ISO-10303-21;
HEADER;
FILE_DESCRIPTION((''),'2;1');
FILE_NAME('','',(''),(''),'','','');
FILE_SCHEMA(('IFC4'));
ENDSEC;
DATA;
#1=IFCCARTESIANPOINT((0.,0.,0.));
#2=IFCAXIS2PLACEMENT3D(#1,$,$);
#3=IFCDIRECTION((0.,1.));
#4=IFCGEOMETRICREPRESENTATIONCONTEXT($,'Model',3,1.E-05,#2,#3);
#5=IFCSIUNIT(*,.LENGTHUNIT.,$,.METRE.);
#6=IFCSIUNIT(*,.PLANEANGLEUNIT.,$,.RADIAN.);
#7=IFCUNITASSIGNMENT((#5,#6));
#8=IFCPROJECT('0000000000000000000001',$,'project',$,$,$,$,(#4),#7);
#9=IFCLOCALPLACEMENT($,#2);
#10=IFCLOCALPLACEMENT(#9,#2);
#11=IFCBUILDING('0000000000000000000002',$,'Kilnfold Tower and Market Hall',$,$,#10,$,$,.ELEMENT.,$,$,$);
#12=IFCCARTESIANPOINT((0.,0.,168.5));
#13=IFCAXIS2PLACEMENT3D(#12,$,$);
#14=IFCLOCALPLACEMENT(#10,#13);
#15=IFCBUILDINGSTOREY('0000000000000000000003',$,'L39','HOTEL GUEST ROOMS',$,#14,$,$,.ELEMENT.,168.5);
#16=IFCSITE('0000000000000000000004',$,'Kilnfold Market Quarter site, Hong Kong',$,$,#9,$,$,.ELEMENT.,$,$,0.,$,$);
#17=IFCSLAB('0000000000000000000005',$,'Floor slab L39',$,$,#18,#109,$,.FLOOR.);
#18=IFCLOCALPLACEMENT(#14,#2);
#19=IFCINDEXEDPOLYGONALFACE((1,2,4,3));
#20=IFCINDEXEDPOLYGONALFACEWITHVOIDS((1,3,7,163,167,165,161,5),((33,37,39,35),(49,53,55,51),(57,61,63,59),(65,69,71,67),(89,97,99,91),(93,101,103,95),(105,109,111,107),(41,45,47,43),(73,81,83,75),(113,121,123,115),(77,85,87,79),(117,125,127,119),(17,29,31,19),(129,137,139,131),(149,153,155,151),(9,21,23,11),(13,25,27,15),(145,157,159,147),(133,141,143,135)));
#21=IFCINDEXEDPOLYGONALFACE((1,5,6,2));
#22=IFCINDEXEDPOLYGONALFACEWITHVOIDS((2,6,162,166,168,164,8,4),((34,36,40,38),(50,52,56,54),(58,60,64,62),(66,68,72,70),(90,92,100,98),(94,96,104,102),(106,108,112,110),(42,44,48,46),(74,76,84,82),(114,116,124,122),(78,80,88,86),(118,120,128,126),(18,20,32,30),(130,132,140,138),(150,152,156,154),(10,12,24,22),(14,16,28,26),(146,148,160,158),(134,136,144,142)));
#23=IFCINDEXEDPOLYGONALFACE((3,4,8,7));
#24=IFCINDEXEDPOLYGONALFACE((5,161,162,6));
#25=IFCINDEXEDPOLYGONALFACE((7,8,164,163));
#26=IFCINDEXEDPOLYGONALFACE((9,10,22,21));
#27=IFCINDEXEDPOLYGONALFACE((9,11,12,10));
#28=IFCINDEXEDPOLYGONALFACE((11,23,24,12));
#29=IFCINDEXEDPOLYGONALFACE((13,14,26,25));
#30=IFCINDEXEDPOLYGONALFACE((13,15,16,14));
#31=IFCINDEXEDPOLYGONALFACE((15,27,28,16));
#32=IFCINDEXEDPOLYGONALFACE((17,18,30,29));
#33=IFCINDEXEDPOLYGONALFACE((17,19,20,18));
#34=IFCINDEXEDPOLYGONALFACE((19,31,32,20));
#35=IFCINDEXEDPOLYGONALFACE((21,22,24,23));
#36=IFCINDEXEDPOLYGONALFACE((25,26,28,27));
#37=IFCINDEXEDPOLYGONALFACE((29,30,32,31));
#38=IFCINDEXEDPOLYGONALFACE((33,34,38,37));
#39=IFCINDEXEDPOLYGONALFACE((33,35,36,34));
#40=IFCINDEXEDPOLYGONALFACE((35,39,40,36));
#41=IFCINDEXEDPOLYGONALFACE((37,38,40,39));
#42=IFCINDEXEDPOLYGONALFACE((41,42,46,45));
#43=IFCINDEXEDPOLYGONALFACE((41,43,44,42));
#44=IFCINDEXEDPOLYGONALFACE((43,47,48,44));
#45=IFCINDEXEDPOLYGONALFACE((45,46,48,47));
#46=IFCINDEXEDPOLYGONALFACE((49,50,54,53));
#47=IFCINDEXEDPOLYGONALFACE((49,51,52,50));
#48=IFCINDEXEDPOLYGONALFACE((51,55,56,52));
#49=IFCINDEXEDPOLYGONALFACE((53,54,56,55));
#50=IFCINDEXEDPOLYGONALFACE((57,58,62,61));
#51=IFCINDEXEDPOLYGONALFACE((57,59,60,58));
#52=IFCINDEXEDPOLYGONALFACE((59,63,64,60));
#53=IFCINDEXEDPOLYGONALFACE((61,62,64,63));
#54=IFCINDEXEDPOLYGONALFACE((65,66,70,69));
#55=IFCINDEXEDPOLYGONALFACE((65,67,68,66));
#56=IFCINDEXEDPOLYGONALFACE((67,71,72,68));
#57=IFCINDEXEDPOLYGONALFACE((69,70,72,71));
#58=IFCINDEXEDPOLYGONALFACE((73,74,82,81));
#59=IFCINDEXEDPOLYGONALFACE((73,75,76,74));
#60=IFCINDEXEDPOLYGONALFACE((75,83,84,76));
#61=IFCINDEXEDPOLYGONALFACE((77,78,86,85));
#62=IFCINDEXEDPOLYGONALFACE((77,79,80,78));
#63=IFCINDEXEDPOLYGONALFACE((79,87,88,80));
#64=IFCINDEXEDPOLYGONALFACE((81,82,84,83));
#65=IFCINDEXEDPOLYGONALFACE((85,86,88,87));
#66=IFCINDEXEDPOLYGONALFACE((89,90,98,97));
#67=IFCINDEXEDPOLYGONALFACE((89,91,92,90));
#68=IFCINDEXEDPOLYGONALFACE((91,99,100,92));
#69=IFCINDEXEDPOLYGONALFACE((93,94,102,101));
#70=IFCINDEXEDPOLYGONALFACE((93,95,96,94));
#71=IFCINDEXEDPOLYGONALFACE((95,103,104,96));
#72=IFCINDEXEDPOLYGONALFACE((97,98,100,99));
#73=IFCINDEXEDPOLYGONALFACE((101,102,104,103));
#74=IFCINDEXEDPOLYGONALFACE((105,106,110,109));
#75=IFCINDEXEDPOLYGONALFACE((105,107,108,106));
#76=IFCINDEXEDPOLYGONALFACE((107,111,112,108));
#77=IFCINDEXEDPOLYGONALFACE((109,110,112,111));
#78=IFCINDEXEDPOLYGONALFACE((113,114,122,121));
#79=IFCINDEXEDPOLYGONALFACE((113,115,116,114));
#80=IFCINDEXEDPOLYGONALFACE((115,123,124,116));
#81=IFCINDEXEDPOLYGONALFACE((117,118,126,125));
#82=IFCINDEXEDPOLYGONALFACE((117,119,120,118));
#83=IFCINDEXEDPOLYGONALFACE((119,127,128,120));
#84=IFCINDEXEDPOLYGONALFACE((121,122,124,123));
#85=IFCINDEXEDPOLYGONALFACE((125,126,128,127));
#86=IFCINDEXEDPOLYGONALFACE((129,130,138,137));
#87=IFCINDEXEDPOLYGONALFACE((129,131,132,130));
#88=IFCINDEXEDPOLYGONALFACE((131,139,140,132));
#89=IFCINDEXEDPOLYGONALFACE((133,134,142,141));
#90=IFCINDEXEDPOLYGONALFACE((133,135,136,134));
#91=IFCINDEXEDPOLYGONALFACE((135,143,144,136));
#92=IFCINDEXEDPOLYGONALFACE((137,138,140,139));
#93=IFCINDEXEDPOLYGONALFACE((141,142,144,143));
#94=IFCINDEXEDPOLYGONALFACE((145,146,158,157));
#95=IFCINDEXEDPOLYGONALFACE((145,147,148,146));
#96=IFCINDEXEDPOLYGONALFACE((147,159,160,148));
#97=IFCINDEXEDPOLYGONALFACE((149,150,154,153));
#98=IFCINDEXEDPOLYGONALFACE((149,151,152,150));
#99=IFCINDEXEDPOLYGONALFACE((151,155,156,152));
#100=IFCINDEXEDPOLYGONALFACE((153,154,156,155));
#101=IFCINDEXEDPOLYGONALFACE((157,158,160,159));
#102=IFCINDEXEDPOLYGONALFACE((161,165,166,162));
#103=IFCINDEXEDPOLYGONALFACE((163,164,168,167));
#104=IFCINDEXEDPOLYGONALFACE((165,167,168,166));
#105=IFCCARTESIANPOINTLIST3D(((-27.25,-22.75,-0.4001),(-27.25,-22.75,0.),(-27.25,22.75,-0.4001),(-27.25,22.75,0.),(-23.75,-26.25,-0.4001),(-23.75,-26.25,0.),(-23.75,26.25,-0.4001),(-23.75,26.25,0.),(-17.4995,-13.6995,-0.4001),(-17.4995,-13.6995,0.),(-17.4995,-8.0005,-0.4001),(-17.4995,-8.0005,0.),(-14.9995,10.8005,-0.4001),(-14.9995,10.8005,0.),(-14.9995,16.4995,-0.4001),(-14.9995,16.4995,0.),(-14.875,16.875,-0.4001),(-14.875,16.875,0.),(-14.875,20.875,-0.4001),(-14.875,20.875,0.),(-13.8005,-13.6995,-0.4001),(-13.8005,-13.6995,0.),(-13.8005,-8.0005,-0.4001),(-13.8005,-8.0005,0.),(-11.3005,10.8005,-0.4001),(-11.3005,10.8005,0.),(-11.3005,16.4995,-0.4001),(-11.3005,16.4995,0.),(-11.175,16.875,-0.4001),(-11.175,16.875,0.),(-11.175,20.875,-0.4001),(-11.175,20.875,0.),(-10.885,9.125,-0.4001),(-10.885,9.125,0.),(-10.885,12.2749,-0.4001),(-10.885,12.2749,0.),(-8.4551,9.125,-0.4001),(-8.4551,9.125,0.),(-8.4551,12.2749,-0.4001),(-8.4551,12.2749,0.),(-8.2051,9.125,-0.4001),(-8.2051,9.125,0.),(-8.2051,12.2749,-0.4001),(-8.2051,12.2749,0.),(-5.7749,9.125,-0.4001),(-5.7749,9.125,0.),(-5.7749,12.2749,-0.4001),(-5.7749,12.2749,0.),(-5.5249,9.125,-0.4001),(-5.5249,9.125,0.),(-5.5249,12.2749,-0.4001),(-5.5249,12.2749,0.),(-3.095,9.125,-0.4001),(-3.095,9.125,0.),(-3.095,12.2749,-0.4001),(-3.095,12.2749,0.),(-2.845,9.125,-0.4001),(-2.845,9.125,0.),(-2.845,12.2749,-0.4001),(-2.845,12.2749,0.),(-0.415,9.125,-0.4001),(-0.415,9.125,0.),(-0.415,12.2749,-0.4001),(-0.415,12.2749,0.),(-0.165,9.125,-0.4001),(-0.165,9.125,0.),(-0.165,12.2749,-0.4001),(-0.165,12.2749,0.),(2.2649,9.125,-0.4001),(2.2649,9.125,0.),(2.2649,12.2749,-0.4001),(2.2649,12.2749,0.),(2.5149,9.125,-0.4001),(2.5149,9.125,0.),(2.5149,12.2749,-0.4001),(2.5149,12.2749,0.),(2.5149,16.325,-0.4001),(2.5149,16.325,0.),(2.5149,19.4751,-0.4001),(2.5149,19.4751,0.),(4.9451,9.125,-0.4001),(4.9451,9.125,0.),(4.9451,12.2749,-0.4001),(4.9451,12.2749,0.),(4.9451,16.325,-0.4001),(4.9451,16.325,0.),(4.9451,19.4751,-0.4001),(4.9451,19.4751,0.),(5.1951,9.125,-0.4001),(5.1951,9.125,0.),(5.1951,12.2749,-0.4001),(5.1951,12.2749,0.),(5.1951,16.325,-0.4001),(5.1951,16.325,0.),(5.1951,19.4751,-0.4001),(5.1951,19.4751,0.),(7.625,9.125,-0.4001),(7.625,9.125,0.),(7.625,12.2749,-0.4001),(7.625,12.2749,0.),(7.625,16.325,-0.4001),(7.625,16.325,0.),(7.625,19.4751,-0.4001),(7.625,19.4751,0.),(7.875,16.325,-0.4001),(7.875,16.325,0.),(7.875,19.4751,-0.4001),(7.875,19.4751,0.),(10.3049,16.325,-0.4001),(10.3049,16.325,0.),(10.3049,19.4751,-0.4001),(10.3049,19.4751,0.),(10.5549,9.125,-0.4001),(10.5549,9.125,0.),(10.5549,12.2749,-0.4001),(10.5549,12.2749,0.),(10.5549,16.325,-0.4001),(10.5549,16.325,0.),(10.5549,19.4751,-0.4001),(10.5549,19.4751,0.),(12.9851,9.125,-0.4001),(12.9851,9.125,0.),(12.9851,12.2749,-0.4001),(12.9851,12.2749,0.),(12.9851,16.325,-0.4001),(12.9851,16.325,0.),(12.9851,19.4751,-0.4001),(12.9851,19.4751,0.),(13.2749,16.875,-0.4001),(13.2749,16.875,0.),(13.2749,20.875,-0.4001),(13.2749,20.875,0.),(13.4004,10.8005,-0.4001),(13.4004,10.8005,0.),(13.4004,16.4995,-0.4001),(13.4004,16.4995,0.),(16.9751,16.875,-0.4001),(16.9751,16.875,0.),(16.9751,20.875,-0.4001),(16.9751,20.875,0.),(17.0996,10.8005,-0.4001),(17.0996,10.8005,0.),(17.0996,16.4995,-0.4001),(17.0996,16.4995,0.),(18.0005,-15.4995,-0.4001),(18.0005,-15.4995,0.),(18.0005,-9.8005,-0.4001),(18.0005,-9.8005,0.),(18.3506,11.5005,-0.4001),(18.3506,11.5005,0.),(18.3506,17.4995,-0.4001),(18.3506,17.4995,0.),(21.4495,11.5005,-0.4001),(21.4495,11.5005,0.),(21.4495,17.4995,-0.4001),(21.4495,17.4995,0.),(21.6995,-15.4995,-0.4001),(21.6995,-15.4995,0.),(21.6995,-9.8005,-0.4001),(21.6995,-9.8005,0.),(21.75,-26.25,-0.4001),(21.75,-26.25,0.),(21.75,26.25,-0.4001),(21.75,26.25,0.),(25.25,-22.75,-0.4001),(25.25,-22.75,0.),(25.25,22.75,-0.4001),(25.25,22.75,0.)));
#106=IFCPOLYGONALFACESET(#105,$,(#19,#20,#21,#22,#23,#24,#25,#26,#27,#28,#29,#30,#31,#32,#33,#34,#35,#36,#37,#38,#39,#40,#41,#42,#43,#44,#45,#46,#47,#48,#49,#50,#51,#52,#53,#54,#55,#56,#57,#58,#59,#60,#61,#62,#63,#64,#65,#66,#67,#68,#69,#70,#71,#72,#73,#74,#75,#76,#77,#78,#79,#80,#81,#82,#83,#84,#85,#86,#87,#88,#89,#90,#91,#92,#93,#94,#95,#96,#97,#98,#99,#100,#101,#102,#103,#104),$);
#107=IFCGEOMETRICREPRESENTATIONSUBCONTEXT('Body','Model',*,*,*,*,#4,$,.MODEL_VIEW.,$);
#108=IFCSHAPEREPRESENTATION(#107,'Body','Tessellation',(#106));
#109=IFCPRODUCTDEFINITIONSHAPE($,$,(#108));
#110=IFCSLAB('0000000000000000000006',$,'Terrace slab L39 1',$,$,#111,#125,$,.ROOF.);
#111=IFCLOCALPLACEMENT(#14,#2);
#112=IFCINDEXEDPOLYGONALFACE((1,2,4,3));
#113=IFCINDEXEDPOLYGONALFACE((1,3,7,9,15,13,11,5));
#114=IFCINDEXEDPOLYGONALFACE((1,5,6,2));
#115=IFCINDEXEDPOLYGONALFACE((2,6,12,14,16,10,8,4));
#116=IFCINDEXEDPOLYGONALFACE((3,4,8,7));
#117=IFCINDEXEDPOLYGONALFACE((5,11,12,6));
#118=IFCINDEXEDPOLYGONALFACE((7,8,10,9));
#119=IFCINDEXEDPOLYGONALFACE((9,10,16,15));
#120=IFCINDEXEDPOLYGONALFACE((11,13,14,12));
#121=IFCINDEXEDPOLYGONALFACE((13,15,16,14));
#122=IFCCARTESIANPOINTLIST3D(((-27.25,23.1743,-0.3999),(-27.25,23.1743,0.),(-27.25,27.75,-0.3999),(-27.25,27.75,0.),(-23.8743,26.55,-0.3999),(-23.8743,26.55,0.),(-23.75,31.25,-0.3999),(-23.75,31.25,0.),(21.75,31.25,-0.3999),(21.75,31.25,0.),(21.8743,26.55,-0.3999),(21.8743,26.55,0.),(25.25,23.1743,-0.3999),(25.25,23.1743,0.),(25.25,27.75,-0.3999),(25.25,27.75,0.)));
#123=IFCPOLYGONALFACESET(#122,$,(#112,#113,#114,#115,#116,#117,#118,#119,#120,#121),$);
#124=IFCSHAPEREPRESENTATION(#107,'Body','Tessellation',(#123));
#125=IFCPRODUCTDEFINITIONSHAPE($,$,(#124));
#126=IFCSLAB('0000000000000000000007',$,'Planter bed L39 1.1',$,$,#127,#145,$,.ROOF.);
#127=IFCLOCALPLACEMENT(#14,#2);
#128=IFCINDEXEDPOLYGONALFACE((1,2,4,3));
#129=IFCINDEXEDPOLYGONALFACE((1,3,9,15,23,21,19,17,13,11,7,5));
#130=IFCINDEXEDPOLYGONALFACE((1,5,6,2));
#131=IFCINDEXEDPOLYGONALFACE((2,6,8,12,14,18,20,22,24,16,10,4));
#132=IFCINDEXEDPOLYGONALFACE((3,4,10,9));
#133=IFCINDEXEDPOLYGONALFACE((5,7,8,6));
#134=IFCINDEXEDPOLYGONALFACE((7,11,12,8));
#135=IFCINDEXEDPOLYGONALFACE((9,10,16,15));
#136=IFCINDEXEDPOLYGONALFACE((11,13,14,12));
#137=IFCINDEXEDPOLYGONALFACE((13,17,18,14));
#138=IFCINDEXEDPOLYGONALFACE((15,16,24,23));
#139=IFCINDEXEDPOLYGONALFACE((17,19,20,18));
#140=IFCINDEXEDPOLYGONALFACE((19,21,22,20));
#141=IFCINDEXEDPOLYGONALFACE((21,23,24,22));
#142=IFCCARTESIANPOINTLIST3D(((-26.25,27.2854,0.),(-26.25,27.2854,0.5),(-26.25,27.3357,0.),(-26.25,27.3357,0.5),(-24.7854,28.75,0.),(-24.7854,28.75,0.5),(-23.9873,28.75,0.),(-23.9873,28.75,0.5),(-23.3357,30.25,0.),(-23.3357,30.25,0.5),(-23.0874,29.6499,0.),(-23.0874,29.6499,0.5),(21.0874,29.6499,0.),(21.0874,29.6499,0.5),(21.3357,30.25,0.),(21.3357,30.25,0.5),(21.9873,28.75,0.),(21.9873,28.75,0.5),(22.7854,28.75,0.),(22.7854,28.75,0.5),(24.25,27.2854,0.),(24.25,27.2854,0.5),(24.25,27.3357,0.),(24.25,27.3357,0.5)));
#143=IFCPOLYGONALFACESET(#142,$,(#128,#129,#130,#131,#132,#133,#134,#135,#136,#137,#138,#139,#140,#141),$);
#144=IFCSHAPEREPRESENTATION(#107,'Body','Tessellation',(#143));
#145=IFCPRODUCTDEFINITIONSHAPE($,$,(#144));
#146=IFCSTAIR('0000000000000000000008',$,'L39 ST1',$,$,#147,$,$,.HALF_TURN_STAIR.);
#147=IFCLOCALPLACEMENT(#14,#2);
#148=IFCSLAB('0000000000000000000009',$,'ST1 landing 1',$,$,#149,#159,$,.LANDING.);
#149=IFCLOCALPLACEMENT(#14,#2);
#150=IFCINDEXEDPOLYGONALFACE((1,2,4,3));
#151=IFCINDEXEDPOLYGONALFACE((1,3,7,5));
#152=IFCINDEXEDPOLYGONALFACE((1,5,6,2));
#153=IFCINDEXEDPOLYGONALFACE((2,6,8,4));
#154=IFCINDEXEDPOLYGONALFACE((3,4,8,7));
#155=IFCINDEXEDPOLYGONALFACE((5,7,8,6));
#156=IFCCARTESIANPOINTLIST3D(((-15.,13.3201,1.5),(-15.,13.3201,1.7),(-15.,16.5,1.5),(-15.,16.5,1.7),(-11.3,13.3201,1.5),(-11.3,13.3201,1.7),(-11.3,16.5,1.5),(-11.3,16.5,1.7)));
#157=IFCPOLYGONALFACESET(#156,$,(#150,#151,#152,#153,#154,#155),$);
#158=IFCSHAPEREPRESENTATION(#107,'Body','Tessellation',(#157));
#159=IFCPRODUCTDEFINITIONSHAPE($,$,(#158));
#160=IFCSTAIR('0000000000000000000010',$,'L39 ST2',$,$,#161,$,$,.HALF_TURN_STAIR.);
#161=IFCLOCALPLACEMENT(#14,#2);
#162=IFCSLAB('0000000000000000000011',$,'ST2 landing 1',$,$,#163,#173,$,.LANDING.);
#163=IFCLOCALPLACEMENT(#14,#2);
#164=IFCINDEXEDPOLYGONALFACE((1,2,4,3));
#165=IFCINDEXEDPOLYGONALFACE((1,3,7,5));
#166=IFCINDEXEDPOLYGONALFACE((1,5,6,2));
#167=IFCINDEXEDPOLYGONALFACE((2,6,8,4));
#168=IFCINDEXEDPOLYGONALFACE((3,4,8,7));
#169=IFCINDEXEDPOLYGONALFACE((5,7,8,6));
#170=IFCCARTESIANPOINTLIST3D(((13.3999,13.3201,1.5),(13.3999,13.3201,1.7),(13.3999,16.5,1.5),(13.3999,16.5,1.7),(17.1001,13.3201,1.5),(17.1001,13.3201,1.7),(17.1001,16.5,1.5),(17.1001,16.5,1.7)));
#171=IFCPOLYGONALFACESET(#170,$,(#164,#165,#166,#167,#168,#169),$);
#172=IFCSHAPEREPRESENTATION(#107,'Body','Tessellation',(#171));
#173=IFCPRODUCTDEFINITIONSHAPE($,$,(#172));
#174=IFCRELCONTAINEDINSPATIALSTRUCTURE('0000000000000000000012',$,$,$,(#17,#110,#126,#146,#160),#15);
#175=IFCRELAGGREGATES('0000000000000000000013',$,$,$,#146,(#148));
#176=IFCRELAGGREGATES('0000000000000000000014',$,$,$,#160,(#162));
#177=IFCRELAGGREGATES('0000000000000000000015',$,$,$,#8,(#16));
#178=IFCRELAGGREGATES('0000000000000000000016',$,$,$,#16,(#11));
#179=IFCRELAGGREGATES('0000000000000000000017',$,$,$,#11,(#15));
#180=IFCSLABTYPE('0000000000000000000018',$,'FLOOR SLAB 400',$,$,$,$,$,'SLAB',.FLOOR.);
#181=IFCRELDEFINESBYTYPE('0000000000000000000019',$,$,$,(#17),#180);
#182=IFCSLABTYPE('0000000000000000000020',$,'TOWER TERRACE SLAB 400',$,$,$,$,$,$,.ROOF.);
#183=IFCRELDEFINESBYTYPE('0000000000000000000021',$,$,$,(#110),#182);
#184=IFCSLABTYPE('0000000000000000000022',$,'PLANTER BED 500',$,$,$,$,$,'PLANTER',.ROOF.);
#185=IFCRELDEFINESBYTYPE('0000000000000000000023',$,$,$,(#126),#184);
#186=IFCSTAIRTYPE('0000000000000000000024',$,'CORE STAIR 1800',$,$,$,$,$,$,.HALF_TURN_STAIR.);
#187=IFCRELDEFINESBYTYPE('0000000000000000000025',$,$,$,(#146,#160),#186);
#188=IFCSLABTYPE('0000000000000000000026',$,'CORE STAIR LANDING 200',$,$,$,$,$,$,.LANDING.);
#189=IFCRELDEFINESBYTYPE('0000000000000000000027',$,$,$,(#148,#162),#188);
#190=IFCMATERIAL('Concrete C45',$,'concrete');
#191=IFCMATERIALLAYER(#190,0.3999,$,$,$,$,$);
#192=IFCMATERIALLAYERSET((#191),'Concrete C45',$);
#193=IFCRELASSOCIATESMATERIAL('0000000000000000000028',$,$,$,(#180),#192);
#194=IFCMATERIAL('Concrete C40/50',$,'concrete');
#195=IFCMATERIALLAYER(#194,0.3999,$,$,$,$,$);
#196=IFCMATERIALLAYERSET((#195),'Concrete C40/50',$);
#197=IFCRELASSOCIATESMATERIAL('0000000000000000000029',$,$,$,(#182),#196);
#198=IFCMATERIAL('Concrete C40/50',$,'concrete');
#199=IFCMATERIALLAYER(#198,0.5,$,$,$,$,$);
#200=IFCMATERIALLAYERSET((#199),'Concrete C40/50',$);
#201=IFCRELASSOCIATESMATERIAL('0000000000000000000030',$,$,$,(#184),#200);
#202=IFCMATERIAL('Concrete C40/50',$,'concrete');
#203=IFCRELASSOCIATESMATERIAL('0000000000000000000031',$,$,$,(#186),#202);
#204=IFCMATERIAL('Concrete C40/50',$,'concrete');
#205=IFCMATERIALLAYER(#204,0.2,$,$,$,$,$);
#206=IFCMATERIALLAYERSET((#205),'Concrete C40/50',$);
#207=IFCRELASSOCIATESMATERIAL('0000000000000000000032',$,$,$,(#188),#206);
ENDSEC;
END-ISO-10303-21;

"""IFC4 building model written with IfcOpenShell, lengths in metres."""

from ifc_helpers import new_model, si_unit, direction, frame, origin, place, context, subcontext, project, spatial, polyline, outline, extrude, source, transform, mapped, material, layer, layer_set, type_object, element, aggregate, save


model = new_model("IFC4")

# Units and contexts
model_context = context("Model", 3, precision=1e-05, world=origin(), true_north=direction((0.0, 1.0)))
body_context = subcontext(model_context, "Body", "Model", "MODEL_VIEW")
ifc_project = project(units=[si_unit("LENGTHUNIT", "METRE"), si_unit("PLANEANGLEUNIT", "RADIAN")], contexts=[model_context])

# Site, building, storey
site_placement = place(None, origin())
site = spatial("IfcSite", under=ifc_project, at=site_placement, Name="Kilnfold Market Quarter site, Hong Kong", CompositionType="ELEMENT", RefElevation=0.0)
building_placement = place(site_placement, origin())
building = spatial("IfcBuilding", under=site, at=building_placement, Name="Kilnfold Tower and Market Hall", CompositionType="ELEMENT")
storey_placement = place(building_placement, frame((0.0, 0.0, 168.5)))
storey = spatial("IfcBuildingStorey", under=building, at=storey_placement, Name="L39", Description="HOTEL GUEST ROOMS", CompositionType="ELEMENT", Elevation=168.5)

# Slabs
ifc_material_1 = material(Name="Concrete C45", Category="concrete")
ifc_layer_1 = layer(ifc_material_1, 0.3999)
ifc_layer_set_1 = layer_set([ifc_layer_1], Name="Concrete C45")
slab_type_1 = type_object("IfcSlabType", Name="FLOOR SLAB 400", ElementType="SLAB", PredefinedType="FLOOR", material=ifc_layer_set_1)
shared_shape_1 = source(origin(), body_context, "Body", "SweptSolid", [
    extrude(outline(polyline([(-23.75, -26.25), (21.75, -26.25), (25.25, -22.75), (25.25, 22.75), (21.75, 26.25), (-23.75, 26.25), (-27.25, 22.75), (-27.25, -22.75), (-23.75, -26.25)]), holes=[polyline([(-13.8005, -13.6995), (-17.4995, -13.6995), (-17.4995, -8.0005), (-13.8005, -8.0005), (-13.8005, -13.6995)]), polyline([(-14.9995, 10.8005), (-14.9995, 16.4995), (-11.3005, 16.4995), (-11.3005, 10.8005), (-14.9995, 10.8005)]), polyline([(-11.175, 16.875), (-14.875, 16.875), (-14.875, 20.875), (-11.175, 20.875), (-11.175, 16.875)]), polyline([(-8.4551, 9.125), (-10.885, 9.125), (-10.885, 12.2749), (-8.4551, 12.2749), (-8.4551, 9.125)]), polyline([(-5.7749, 9.125), (-8.2051, 9.125), (-8.2051, 12.2749), (-5.7749, 12.2749), (-5.7749, 9.125)]), polyline([(-3.095, 9.125), (-5.5249, 9.125), (-5.5249, 12.2749), (-3.095, 12.2749), (-3.095, 9.125)]), polyline([(-0.415, 9.125), (-2.845, 9.125), (-2.845, 12.2749), (-0.415, 12.2749), (-0.415, 9.125)]), polyline([(2.2649, 9.125), (-0.165, 9.125), (-0.165, 12.2749), (2.2649, 12.2749), (2.2649, 9.125)]), polyline([(4.9451, 9.125), (2.5149, 9.125), (2.5149, 12.2749), (4.9451, 12.2749), (4.9451, 9.125)]), polyline([(2.5149, 16.325), (2.5149, 19.4751), (4.9451, 19.4751), (4.9451, 16.325), (2.5149, 16.325)]), polyline([(7.625, 9.125), (5.1951, 9.125), (5.1951, 12.2749), (7.625, 12.2749), (7.625, 9.125)]), polyline([(7.625, 16.325), (5.1951, 16.325), (5.1951, 19.4751), (7.625, 19.4751), (7.625, 16.325)]), polyline([(10.3049, 16.325), (7.875, 16.325), (7.875, 19.4751), (10.3049, 19.4751), (10.3049, 16.325)]), polyline([(10.5549, 9.125), (10.5549, 12.2749), (12.9851, 12.2749), (12.9851, 9.125), (10.5549, 9.125)]), polyline([(10.5549, 16.325), (10.5549, 19.4751), (12.9851, 19.4751), (12.9851, 16.325), (10.5549, 16.325)]), polyline([(13.2749, 16.875), (13.2749, 20.875), (16.9751, 20.875), (16.9751, 16.875), (13.2749, 16.875)]), polyline([(13.4004, 10.8005), (13.4004, 16.4995), (17.0996, 16.4995), (17.0996, 10.8005), (13.4004, 10.8005)]), polyline([(18.0005, -9.8005), (21.6995, -9.8005), (21.6995, -15.4995), (18.0005, -15.4995), (18.0005, -9.8005)]), polyline([(21.4495, 11.5005), (18.3506, 11.5005), (18.3506, 17.4995), (21.4495, 17.4995), (21.4495, 11.5005)])]), origin(), (0.0, 0.0, 1.0), 0.4001),
])
slab_1_placement = place(storey_placement, frame((0.0, 0.0, -0.4001)))
element("IfcSlab", 1, at=slab_1_placement, inside=storey, type_object=slab_type_1, Name="Floor slab L39", PredefinedType="FLOOR", context=body_context, shape_type="MappedRepresentation", body=[
    mapped(shared_shape_1, transform((0.0, 0.0, 0.0))),
])
ifc_material_2 = material(Name="Concrete C40/50", Category="concrete")
ifc_layer_2 = layer(ifc_material_2, 0.3999)
ifc_layer_set_2 = layer_set([ifc_layer_2], Name="Concrete C40/50")
slab_type_2 = type_object("IfcSlabType", Name="TOWER TERRACE SLAB 400", PredefinedType="ROOF", material=ifc_layer_set_2)
shared_shape_2 = source(origin(), body_context, "Body", "SweptSolid", [
    extrude(outline(polyline([(-27.25, 27.75), (-23.75, 31.25), (21.75, 31.25), (25.25, 27.75), (25.25, 23.1743), (21.8743, 26.55), (-23.8743, 26.55), (-27.25, 23.1743), (-27.25, 27.75)])), origin(), (0.0, 0.0, 1.0), 0.3999),
])
slab_2_placement = place(storey_placement, frame((0.0, 0.0, -0.3999)))
element("IfcSlab", 2, at=slab_2_placement, inside=storey, type_object=slab_type_2, Name="Terrace slab L39 1", PredefinedType="ROOF", context=body_context, shape_type="MappedRepresentation", body=[
    mapped(shared_shape_2, transform((0.0, 0.0, 0.0))),
])
ifc_material_3 = material(Name="Concrete C40/50", Category="concrete")
ifc_layer_3 = layer(ifc_material_3, 0.5)
ifc_layer_set_3 = layer_set([ifc_layer_3], Name="Concrete C40/50")
slab_type_3 = type_object("IfcSlabType", Name="PLANTER BED 500", ElementType="PLANTER", PredefinedType="ROOF", material=ifc_layer_set_3)
shared_shape_3 = source(origin(), body_context, "Body", "SweptSolid", [
    extrude(outline(polyline([(21.3357, 30.25), (24.25, 27.3357), (24.25, 27.2854), (22.7854, 28.75), (21.9873, 28.75), (21.0874, 29.6499), (-23.0874, 29.6499), (-23.9873, 28.75), (-24.7854, 28.75), (-26.25, 27.2854), (-26.25, 27.3357), (-23.3357, 30.25), (21.3357, 30.25)])), origin(), (0.0, 0.0, 1.0), 0.5),
])
slab_3_placement = place(storey_placement, origin())
element("IfcSlab", 3, at=slab_3_placement, inside=storey, type_object=slab_type_3, Name="Planter bed L39 1.1", PredefinedType="ROOF", context=body_context, shape_type="MappedRepresentation", body=[
    mapped(shared_shape_3, transform((0.0, 0.0, 0.0))),
])

# Stairs, slabs
ifc_material_4 = material(Name="Concrete C40/50", Category="concrete")
stair_type_1 = type_object("IfcStairType", Name="CORE STAIR 1800", PredefinedType="HALF_TURN_STAIR", material=ifc_material_4)
stair_1_placement = place(storey_placement, origin())
stair_1 = element("IfcStair", 4, at=stair_1_placement, inside=storey, type_object=stair_type_1, Name="L39 ST1", PredefinedType="HALF_TURN_STAIR")
ifc_material_5 = material(Name="Concrete C40/50", Category="concrete")
ifc_layer_4 = layer(ifc_material_5, 0.2)
ifc_layer_set_4 = layer_set([ifc_layer_4], Name="Concrete C40/50")
slab_type_4 = type_object("IfcSlabType", Name="CORE STAIR LANDING 200", PredefinedType="LANDING", material=ifc_layer_set_4)
shared_shape_4 = source(origin(), body_context, "Body", "SweptSolid", [
    extrude(outline(polyline([(-11.3, 13.3201), (-11.3, 16.5), (-15.0, 16.5), (-15.0, 13.3201), (-11.3, 13.3201)])), origin(), (0.0, 0.0, 1.0), 0.2),
])
slab_4_placement = place(storey_placement, frame((0.0, 0.0, 1.5)))
slab_4 = element("IfcSlab", 5, at=slab_4_placement, type_object=slab_type_4, Name="ST1 landing 1", PredefinedType="LANDING", context=body_context, shape_type="MappedRepresentation", body=[
    mapped(shared_shape_4, transform((0.0, 0.0, 0.0))),
])
aggregate(stair_1, [slab_4])
stair_2_placement = place(storey_placement, origin())
stair_2 = element("IfcStair", 6, at=stair_2_placement, inside=storey, type_object=stair_type_1, Name="L39 ST2", PredefinedType="HALF_TURN_STAIR")
shared_shape_5 = source(origin(), body_context, "Body", "SweptSolid", [
    extrude(outline(polyline([(17.1001, 13.3201), (17.1001, 16.5), (13.3999, 16.5), (13.3999, 13.3201), (17.1001, 13.3201)])), origin(), (0.0, 0.0, 1.0), 0.2),
])
slab_5_placement = place(storey_placement, frame((0.0, 0.0, 1.5)))
slab_5 = element("IfcSlab", 7, at=slab_5_placement, type_object=slab_type_4, Name="ST2 landing 1", PredefinedType="LANDING", context=body_context, shape_type="MappedRepresentation", body=[
    mapped(shared_shape_5, transform((0.0, 0.0, 0.0))),
])
aggregate(stair_2, [slab_5])

save(model, "model.ifc")
